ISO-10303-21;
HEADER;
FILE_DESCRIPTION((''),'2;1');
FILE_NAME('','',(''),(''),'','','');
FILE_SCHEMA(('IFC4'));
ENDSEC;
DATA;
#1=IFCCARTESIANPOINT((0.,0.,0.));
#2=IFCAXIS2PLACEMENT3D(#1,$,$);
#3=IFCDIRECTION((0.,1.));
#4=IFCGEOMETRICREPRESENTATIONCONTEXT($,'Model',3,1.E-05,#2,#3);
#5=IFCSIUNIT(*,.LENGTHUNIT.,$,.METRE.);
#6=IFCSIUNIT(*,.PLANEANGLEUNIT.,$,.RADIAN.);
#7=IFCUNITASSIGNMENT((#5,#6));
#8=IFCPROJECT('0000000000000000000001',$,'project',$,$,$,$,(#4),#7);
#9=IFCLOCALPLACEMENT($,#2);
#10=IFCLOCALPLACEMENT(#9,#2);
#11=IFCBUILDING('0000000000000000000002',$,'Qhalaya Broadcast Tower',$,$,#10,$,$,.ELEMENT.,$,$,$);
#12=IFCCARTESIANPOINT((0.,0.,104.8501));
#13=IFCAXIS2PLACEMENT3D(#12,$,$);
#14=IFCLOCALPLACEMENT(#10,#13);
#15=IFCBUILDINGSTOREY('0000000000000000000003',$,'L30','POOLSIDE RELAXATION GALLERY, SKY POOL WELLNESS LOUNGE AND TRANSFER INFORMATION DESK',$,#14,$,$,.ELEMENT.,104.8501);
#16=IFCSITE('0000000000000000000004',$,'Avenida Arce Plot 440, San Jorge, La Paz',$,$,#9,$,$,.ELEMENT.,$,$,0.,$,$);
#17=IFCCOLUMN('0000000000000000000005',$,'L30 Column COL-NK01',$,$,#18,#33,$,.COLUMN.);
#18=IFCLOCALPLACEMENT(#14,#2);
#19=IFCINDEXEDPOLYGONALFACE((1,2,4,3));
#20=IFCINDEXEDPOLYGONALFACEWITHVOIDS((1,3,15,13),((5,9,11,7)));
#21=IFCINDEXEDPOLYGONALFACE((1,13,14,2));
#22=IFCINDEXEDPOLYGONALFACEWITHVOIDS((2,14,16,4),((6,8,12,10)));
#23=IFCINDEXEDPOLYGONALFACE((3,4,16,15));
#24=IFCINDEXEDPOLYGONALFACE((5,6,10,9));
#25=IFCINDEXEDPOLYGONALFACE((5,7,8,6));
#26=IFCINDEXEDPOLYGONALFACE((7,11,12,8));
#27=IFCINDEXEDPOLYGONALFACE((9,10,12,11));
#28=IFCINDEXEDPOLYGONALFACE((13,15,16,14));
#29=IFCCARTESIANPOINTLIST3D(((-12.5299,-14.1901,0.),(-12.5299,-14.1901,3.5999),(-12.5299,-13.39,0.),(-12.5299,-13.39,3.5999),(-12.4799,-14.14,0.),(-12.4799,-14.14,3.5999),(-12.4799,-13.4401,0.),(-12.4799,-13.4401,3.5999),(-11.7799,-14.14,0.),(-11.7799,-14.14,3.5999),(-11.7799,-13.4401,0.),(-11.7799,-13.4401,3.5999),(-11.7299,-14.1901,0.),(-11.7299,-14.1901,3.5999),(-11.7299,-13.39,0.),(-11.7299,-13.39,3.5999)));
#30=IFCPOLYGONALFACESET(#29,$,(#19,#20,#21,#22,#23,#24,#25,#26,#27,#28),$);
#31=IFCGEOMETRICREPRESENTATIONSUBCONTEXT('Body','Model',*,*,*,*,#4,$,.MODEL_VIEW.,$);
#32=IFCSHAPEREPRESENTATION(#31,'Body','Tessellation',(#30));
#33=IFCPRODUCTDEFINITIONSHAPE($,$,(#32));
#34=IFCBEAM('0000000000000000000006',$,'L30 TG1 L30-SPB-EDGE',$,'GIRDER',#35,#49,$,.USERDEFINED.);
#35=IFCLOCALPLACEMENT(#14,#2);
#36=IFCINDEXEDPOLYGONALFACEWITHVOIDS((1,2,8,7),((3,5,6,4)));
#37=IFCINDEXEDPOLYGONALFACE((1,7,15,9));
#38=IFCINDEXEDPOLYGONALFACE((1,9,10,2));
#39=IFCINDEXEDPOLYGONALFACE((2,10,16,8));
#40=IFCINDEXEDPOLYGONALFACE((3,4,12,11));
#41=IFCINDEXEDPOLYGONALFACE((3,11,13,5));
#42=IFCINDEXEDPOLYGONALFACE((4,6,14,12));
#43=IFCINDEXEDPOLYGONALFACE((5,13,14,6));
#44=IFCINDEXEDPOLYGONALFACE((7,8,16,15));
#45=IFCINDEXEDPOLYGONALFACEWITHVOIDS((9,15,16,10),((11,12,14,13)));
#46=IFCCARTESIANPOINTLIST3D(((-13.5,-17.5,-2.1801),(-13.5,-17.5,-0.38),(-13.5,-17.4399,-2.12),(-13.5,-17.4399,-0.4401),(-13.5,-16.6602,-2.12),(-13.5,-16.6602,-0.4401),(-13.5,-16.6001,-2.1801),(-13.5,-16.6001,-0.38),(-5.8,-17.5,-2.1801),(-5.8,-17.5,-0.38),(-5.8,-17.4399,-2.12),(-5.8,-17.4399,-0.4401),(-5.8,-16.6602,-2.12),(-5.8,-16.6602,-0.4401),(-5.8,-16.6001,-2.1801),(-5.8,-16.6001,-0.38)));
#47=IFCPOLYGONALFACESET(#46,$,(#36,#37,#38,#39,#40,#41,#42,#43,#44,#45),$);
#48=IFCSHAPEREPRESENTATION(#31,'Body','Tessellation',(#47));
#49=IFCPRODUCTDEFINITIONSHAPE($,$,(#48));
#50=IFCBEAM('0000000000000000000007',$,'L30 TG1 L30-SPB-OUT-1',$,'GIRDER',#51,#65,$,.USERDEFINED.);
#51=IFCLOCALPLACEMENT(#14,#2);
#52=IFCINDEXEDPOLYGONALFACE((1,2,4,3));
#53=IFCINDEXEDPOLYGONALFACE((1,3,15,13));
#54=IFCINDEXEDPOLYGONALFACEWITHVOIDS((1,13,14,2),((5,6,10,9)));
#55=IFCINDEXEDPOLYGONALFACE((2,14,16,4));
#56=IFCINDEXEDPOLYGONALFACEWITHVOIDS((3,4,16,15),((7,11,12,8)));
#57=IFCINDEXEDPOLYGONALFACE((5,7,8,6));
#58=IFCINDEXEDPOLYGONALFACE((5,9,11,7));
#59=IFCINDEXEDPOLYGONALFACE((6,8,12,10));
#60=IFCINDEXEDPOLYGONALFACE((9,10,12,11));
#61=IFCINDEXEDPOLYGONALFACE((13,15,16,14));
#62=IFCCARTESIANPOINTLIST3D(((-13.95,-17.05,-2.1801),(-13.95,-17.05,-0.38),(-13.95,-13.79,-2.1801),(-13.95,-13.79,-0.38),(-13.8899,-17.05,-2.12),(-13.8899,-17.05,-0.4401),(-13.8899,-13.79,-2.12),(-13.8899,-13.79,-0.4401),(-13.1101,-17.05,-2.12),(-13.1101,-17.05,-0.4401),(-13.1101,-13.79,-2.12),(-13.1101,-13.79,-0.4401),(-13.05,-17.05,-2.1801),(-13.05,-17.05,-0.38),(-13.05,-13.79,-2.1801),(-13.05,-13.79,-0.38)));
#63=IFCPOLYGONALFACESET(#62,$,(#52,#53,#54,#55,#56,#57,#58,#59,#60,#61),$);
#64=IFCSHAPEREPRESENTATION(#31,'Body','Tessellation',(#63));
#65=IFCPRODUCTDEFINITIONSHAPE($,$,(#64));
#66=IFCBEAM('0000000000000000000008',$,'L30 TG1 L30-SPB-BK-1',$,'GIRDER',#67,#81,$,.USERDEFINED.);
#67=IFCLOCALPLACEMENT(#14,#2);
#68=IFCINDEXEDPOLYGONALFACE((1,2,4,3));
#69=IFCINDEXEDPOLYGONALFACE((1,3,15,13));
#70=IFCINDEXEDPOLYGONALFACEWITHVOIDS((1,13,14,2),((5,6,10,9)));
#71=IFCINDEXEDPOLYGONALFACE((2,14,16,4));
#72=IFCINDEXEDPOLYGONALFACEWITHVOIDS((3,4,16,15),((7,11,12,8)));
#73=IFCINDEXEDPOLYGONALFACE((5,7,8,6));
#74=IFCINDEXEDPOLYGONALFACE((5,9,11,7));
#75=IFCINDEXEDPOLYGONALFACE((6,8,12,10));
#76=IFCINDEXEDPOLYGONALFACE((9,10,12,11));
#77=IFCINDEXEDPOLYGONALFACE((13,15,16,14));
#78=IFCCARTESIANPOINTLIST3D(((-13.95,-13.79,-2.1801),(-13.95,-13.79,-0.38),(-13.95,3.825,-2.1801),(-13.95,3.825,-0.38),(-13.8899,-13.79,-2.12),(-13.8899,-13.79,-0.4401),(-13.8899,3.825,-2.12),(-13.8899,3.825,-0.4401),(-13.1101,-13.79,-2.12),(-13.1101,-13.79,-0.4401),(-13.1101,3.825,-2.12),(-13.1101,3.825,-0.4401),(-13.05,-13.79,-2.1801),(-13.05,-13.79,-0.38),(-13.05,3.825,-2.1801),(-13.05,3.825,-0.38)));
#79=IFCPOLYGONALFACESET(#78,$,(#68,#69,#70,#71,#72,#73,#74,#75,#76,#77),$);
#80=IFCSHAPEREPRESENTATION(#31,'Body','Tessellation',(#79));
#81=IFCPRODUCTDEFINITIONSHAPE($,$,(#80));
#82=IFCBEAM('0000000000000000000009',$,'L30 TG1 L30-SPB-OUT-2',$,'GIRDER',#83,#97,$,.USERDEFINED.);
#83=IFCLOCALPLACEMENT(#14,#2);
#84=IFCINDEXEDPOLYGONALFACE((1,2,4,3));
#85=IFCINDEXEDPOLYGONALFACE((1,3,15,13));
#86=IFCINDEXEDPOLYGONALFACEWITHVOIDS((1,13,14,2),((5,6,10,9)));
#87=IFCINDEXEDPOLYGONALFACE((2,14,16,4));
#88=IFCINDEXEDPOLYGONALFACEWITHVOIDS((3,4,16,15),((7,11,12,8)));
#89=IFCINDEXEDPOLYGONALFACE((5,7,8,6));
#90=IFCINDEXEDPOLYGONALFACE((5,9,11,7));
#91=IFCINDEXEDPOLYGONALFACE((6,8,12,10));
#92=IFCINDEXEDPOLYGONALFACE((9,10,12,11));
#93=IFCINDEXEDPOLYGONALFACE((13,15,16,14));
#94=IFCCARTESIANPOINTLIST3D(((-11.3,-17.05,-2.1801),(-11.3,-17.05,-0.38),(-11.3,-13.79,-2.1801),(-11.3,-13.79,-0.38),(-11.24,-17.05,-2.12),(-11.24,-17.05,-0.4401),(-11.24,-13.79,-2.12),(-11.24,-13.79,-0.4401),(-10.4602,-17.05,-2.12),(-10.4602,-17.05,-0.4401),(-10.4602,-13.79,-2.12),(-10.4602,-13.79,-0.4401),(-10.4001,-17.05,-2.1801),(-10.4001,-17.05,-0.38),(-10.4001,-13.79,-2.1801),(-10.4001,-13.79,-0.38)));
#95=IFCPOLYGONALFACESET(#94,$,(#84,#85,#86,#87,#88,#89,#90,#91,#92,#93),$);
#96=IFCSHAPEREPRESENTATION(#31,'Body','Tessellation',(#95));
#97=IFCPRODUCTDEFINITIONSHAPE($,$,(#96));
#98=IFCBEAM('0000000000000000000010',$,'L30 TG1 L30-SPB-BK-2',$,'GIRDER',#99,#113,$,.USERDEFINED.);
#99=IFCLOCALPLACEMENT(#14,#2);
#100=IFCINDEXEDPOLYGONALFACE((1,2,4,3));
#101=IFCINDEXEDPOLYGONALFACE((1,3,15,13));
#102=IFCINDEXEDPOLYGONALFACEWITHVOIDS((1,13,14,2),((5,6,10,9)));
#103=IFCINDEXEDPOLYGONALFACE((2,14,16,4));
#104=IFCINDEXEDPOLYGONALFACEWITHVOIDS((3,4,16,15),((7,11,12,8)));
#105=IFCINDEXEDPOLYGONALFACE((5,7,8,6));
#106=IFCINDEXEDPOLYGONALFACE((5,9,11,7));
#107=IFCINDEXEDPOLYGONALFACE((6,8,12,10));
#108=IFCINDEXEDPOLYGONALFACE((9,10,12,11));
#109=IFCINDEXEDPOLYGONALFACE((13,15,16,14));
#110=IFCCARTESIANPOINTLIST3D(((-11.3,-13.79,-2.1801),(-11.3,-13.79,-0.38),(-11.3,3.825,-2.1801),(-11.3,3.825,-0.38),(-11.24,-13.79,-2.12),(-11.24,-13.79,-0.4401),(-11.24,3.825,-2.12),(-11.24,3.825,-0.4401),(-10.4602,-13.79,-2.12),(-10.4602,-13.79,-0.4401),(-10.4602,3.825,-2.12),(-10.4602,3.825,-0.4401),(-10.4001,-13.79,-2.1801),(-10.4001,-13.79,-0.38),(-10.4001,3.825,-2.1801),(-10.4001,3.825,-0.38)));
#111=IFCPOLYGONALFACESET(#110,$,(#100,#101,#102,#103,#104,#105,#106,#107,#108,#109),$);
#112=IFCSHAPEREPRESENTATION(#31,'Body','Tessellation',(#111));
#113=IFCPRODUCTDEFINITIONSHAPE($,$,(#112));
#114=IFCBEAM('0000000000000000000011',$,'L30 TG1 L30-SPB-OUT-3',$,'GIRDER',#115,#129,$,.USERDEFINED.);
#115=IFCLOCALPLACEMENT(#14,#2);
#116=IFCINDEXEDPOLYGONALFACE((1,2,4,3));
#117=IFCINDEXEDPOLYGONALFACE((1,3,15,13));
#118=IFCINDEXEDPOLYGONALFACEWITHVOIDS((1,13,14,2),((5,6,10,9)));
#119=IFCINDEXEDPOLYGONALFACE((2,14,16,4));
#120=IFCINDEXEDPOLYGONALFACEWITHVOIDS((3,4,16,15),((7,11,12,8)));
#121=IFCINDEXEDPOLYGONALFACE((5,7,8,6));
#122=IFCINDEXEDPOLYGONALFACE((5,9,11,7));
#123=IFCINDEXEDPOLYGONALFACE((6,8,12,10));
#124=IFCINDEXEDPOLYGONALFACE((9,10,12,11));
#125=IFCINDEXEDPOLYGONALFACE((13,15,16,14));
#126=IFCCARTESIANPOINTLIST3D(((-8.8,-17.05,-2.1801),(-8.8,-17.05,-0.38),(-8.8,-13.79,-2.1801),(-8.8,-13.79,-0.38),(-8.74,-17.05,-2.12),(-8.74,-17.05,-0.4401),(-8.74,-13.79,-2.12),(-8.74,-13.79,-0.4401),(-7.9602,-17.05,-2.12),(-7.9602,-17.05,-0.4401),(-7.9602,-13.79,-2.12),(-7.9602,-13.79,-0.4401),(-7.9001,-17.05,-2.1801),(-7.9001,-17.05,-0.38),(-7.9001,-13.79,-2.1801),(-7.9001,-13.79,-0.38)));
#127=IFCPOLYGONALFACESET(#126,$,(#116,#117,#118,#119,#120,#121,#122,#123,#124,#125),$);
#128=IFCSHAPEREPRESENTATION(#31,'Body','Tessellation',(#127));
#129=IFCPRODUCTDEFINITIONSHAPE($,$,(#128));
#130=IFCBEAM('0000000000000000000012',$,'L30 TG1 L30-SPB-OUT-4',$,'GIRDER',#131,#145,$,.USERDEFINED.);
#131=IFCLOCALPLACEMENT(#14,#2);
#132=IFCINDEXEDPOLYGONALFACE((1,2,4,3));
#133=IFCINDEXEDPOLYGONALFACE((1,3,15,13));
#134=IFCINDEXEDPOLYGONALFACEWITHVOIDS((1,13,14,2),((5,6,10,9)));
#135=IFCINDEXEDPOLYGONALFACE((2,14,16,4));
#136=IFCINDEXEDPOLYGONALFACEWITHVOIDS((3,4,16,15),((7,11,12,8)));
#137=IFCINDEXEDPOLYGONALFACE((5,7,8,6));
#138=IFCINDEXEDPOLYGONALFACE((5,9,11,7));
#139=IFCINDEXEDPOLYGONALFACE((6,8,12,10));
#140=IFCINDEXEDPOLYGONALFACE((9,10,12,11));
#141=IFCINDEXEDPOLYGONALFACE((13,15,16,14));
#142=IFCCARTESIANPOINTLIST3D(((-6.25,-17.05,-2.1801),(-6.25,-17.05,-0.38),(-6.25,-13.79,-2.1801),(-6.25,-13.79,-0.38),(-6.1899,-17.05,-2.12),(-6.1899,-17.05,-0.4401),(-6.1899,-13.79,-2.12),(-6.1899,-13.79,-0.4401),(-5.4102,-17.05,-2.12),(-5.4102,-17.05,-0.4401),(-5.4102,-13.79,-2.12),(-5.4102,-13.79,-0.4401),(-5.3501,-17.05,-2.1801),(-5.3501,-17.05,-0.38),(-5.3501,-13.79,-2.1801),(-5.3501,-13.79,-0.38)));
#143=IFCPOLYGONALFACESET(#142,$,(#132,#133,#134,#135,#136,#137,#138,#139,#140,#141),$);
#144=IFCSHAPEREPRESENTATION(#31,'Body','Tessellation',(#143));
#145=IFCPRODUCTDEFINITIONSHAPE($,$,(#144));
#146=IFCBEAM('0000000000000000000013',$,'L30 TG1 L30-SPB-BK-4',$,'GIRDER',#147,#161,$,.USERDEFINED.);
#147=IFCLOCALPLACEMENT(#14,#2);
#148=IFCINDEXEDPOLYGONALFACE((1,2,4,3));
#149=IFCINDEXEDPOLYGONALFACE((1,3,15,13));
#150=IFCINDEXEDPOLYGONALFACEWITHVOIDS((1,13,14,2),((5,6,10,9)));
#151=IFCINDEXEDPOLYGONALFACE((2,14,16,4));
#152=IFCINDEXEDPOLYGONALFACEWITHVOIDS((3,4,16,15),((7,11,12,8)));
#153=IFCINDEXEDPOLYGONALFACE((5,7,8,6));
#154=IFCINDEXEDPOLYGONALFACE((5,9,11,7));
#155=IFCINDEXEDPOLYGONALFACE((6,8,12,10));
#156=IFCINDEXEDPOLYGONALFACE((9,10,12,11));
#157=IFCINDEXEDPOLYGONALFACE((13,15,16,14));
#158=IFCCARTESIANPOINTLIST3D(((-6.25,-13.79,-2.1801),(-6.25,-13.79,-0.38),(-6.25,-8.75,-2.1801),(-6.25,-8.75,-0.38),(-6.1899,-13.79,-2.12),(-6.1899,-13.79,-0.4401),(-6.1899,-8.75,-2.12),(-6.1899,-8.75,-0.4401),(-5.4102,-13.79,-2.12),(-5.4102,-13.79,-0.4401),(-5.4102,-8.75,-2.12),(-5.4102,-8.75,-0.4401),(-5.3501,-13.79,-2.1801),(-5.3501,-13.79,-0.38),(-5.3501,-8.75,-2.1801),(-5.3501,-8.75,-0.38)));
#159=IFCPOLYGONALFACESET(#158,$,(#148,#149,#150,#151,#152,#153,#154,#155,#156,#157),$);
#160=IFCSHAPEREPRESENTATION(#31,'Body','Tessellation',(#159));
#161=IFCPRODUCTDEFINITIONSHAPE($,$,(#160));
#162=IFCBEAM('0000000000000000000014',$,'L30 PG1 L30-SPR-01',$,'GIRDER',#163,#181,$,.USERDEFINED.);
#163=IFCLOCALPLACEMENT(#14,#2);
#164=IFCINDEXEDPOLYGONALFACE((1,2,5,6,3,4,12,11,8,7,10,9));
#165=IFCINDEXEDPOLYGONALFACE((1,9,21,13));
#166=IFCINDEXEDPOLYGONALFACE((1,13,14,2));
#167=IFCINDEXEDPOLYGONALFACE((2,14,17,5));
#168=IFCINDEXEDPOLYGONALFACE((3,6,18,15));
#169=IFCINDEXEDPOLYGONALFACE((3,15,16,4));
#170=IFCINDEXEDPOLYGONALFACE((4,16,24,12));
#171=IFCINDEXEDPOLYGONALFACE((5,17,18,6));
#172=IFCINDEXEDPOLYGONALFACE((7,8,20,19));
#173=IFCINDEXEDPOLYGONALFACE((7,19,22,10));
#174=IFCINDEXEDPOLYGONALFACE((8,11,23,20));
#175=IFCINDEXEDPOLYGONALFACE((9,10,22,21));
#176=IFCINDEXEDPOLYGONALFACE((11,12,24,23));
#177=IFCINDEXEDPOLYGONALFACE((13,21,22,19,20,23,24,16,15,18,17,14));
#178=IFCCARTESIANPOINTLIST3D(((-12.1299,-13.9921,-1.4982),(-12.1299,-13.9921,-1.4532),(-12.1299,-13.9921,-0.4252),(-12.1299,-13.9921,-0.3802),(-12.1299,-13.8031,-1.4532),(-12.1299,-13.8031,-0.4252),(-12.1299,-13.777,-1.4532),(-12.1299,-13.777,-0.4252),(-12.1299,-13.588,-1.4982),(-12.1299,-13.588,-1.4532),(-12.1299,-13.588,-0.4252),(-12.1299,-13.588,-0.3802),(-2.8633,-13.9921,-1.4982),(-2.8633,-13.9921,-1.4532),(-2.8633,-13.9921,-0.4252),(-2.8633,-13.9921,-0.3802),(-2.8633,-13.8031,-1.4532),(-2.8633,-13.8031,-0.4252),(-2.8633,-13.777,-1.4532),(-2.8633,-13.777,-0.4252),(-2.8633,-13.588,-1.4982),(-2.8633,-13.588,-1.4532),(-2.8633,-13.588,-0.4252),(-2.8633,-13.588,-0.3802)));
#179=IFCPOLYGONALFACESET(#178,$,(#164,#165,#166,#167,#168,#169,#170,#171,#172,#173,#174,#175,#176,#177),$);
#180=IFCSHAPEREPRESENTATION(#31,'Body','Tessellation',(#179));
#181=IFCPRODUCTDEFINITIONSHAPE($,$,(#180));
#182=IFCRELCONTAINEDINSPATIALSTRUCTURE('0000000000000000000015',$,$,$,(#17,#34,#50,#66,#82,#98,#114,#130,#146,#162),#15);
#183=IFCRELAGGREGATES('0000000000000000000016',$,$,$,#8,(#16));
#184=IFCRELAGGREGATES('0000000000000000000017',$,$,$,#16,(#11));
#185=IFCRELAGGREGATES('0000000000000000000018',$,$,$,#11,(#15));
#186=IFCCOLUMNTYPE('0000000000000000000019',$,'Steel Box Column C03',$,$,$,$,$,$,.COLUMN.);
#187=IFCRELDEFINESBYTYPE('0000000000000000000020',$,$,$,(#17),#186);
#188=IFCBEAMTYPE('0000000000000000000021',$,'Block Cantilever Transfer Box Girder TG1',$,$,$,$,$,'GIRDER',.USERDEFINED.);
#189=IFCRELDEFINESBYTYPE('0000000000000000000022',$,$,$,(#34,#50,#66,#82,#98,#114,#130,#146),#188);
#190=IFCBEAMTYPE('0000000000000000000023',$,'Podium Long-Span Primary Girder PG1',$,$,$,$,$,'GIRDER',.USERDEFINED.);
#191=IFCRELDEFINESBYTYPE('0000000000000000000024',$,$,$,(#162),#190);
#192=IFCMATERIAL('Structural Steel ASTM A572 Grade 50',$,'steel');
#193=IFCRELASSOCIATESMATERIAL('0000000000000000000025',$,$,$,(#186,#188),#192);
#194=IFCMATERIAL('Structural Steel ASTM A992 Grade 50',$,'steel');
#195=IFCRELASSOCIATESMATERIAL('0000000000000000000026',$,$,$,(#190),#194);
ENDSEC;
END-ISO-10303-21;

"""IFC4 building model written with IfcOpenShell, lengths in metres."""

from ifc_helpers import new_model, si_unit, direction, frame, origin, origin_2d, place, context, subcontext, project, spatial, hollow_rectangle, i_section, extrude, material, material_profile, profile_set, type_object, element, save


model = new_model("IFC4")

# Units and contexts
model_context = context("Model", 3, precision=1e-05, world=origin(), true_north=direction((0.0, 1.0)))
body_context = subcontext(model_context, "Body", "Model", "MODEL_VIEW")
ifc_project = project(units=[si_unit("LENGTHUNIT", "METRE"), si_unit("PLANEANGLEUNIT", "RADIAN")], contexts=[model_context])

# Site, building, storey
site_placement = place(None, origin())
site = spatial("IfcSite", under=ifc_project, at=site_placement, Name="Avenida Arce Plot 440, San Jorge, La Paz", CompositionType="ELEMENT", RefElevation=0.0)
building_placement = place(site_placement, origin())
building = spatial("IfcBuilding", under=site, at=building_placement, Name="Qhalaya Broadcast Tower", CompositionType="ELEMENT")
storey_placement = place(building_placement, frame((0.0, 0.0, 104.8501)))
storey = spatial("IfcBuildingStorey", under=building, at=storey_placement, Name="L30", Description="POOLSIDE RELAXATION GALLERY, SKY POOL WELLNESS LOUNGE AND TRANSFER INFORMATION DESK", CompositionType="ELEMENT", Elevation=104.8501)

# Column
ifc_material_1 = material(Name="Structural Steel ASTM A572 Grade 50", Category="steel")
ifc_material_profile_1 = material_profile(ifc_material_1, hollow_rectangle(XDim=0.8, YDim=0.8, WallThickness=0.05, at=origin_2d()), Name="BOX 800x800x50")
ifc_profile_set_1 = profile_set([ifc_material_profile_1], Name="Structural Steel ASTM A572 Grade 50")
column_type = type_object("IfcColumnType", Name="Steel Box Column C03", PredefinedType="COLUMN", material=ifc_profile_set_1)
column_placement = place(storey_placement, frame((-12.1299, -13.79, 0.0), z_axis=(0.0, 0.0, 1.0), x_axis=(1.0, 0.0, 0.0)))
element("IfcColumn", 1, at=column_placement, inside=storey, type_object=column_type, Name="L30 Column COL-NK01", PredefinedType="COLUMN", context=body_context, shape_type="SweptSolid", body=[
    extrude(hollow_rectangle(XDim=0.8, YDim=0.8, WallThickness=0.05, at=origin_2d()), origin(), (0.0, 0.0, 1.0), 3.5999),
])

# Beams
ifc_material_profile_2 = material_profile(ifc_material_1, hollow_rectangle(XDim=0.8999, YDim=1.8, WallThickness=0.0601, at=origin_2d()), Name="BOX 900x1800x60")
ifc_profile_set_2 = profile_set([ifc_material_profile_2], Name="Structural Steel ASTM A572 Grade 50")
beam_type_1 = type_object("IfcBeamType", Name="Block Cantilever Transfer Box Girder TG1", ElementType="GIRDER", PredefinedType="USERDEFINED", material=ifc_profile_set_2)
beam_1_placement = place(storey_placement, frame((-13.5, -17.05, -1.28), z_axis=(1.0, 0.0, 0.0), x_axis=(0.0, 1.0, 0.0)))
element("IfcBeam", 2, at=beam_1_placement, inside=storey, type_object=beam_type_1, Name="L30 TG1 L30-SPB-EDGE", ObjectType="GIRDER", PredefinedType="USERDEFINED", context=body_context, shape_type="SweptSolid", body=[
    extrude(hollow_rectangle(XDim=0.8999, YDim=1.8, WallThickness=0.0601, at=origin_2d()), origin(), (0.0, 0.0, 1.0), 7.7),
])
beam_2_placement = place(storey_placement, frame((-13.5, -17.05, -1.28), z_axis=(0.0, 1.0, 0.0), x_axis=(-1.0, 0.0, 0.0)))
element("IfcBeam", 3, at=beam_2_placement, inside=storey, type_object=beam_type_1, Name="L30 TG1 L30-SPB-OUT-1", ObjectType="GIRDER", PredefinedType="USERDEFINED", context=body_context, shape_type="SweptSolid", body=[
    extrude(hollow_rectangle(XDim=0.8999, YDim=1.8, WallThickness=0.0601, at=origin_2d()), origin(), (0.0, 0.0, 1.0), 3.26),
])
beam_3_placement = place(storey_placement, frame((-13.5, -13.79, -1.28), z_axis=(0.0, 1.0, 0.0), x_axis=(-1.0, 0.0, 0.0)))
element("IfcBeam", 4, at=beam_3_placement, inside=storey, type_object=beam_type_1, Name="L30 TG1 L30-SPB-BK-1", ObjectType="GIRDER", PredefinedType="USERDEFINED", context=body_context, shape_type="SweptSolid", body=[
    extrude(hollow_rectangle(XDim=0.8999, YDim=1.8, WallThickness=0.0601, at=origin_2d()), origin(), (0.0, 0.0, 1.0), 17.615),
])
beam_4_placement = place(storey_placement, frame((-10.8501, -17.05, -1.28), z_axis=(0.0, 1.0, 0.0), x_axis=(-1.0, 0.0, 0.0)))
element("IfcBeam", 5, at=beam_4_placement, inside=storey, type_object=beam_type_1, Name="L30 TG1 L30-SPB-OUT-2", ObjectType="GIRDER", PredefinedType="USERDEFINED", context=body_context, shape_type="SweptSolid", body=[
    extrude(hollow_rectangle(XDim=0.8999, YDim=1.8, WallThickness=0.0601, at=origin_2d()), origin(), (0.0, 0.0, 1.0), 3.26),
])
beam_5_placement = place(storey_placement, frame((-10.8501, -13.79, -1.28), z_axis=(0.0, 1.0, 0.0), x_axis=(-1.0, 0.0, 0.0)))
element("IfcBeam", 6, at=beam_5_placement, inside=storey, type_object=beam_type_1, Name="L30 TG1 L30-SPB-BK-2", ObjectType="GIRDER", PredefinedType="USERDEFINED", context=body_context, shape_type="SweptSolid", body=[
    extrude(hollow_rectangle(XDim=0.8999, YDim=1.8, WallThickness=0.0601, at=origin_2d()), origin(), (0.0, 0.0, 1.0), 17.615),
])
for number, where, z_axis, x_axis, name in (
    (7, (-8.3501, -17.05, -1.28), (0.0, 1.0, 0.0), (-1.0, 0.0, 0.0), "L30 TG1 L30-SPB-OUT-3"),
    (8, (-5.8, -17.05, -1.28), (0.0, 1.0, 0.0), (-1.0, 0.0, 0.0), "L30 TG1 L30-SPB-OUT-4"),
):
    element("IfcBeam", number, at=place(storey_placement, frame(where, z_axis=z_axis, x_axis=x_axis)), inside=storey, type_object=beam_type_1, Name=name, ObjectType="GIRDER", PredefinedType="USERDEFINED", context=body_context, shape_type="SweptSolid", body=[
        extrude(hollow_rectangle(XDim=0.8999, YDim=1.8, WallThickness=0.0601, at=origin_2d()), origin(), (0.0, 0.0, 1.0), 3.26),
    ])
beam_6_placement = place(storey_placement, frame((-5.8, -13.79, -1.28), z_axis=(0.0, 1.0, 0.0), x_axis=(-1.0, 0.0, 0.0)))
element("IfcBeam", 9, at=beam_6_placement, inside=storey, type_object=beam_type_1, Name="L30 TG1 L30-SPB-BK-4", ObjectType="GIRDER", PredefinedType="USERDEFINED", context=body_context, shape_type="SweptSolid", body=[
    extrude(hollow_rectangle(XDim=0.8999, YDim=1.8, WallThickness=0.0601, at=origin_2d()), origin(), (0.0, 0.0, 1.0), 5.04),
])
ifc_material_2 = material(Name="Structural Steel ASTM A992 Grade 50", Category="steel")
ifc_material_profile_3 = material_profile(ifc_material_2, i_section(OverallWidth=0.4041, OverallDepth=1.1179, WebThickness=0.0261, FlangeThickness=0.0449, at=origin_2d()), Name="W44X335")
ifc_profile_set_3 = profile_set([ifc_material_profile_3], Name="Structural Steel ASTM A992 Grade 50")
beam_type_2 = type_object("IfcBeamType", Name="Podium Long-Span Primary Girder PG1", ElementType="GIRDER", PredefinedType="USERDEFINED", material=ifc_profile_set_3)
beam_7_placement = place(storey_placement, frame((-12.1299, -13.79, -0.9392), z_axis=(1.0, 0.0, 0.0), x_axis=(0.0, 1.0, 0.0)))
element("IfcBeam", 10, at=beam_7_placement, inside=storey, type_object=beam_type_2, Name="L30 PG1 L30-SPR-01", ObjectType="GIRDER", PredefinedType="USERDEFINED", context=body_context, shape_type="SweptSolid", body=[
    extrude(i_section(OverallWidth=0.4041, OverallDepth=1.1179, WebThickness=0.0261, FlangeThickness=0.0449, at=origin_2d()), origin(), (0.0, 0.0, 1.0), 9.2666),
])

save(model, "model.ifc")
